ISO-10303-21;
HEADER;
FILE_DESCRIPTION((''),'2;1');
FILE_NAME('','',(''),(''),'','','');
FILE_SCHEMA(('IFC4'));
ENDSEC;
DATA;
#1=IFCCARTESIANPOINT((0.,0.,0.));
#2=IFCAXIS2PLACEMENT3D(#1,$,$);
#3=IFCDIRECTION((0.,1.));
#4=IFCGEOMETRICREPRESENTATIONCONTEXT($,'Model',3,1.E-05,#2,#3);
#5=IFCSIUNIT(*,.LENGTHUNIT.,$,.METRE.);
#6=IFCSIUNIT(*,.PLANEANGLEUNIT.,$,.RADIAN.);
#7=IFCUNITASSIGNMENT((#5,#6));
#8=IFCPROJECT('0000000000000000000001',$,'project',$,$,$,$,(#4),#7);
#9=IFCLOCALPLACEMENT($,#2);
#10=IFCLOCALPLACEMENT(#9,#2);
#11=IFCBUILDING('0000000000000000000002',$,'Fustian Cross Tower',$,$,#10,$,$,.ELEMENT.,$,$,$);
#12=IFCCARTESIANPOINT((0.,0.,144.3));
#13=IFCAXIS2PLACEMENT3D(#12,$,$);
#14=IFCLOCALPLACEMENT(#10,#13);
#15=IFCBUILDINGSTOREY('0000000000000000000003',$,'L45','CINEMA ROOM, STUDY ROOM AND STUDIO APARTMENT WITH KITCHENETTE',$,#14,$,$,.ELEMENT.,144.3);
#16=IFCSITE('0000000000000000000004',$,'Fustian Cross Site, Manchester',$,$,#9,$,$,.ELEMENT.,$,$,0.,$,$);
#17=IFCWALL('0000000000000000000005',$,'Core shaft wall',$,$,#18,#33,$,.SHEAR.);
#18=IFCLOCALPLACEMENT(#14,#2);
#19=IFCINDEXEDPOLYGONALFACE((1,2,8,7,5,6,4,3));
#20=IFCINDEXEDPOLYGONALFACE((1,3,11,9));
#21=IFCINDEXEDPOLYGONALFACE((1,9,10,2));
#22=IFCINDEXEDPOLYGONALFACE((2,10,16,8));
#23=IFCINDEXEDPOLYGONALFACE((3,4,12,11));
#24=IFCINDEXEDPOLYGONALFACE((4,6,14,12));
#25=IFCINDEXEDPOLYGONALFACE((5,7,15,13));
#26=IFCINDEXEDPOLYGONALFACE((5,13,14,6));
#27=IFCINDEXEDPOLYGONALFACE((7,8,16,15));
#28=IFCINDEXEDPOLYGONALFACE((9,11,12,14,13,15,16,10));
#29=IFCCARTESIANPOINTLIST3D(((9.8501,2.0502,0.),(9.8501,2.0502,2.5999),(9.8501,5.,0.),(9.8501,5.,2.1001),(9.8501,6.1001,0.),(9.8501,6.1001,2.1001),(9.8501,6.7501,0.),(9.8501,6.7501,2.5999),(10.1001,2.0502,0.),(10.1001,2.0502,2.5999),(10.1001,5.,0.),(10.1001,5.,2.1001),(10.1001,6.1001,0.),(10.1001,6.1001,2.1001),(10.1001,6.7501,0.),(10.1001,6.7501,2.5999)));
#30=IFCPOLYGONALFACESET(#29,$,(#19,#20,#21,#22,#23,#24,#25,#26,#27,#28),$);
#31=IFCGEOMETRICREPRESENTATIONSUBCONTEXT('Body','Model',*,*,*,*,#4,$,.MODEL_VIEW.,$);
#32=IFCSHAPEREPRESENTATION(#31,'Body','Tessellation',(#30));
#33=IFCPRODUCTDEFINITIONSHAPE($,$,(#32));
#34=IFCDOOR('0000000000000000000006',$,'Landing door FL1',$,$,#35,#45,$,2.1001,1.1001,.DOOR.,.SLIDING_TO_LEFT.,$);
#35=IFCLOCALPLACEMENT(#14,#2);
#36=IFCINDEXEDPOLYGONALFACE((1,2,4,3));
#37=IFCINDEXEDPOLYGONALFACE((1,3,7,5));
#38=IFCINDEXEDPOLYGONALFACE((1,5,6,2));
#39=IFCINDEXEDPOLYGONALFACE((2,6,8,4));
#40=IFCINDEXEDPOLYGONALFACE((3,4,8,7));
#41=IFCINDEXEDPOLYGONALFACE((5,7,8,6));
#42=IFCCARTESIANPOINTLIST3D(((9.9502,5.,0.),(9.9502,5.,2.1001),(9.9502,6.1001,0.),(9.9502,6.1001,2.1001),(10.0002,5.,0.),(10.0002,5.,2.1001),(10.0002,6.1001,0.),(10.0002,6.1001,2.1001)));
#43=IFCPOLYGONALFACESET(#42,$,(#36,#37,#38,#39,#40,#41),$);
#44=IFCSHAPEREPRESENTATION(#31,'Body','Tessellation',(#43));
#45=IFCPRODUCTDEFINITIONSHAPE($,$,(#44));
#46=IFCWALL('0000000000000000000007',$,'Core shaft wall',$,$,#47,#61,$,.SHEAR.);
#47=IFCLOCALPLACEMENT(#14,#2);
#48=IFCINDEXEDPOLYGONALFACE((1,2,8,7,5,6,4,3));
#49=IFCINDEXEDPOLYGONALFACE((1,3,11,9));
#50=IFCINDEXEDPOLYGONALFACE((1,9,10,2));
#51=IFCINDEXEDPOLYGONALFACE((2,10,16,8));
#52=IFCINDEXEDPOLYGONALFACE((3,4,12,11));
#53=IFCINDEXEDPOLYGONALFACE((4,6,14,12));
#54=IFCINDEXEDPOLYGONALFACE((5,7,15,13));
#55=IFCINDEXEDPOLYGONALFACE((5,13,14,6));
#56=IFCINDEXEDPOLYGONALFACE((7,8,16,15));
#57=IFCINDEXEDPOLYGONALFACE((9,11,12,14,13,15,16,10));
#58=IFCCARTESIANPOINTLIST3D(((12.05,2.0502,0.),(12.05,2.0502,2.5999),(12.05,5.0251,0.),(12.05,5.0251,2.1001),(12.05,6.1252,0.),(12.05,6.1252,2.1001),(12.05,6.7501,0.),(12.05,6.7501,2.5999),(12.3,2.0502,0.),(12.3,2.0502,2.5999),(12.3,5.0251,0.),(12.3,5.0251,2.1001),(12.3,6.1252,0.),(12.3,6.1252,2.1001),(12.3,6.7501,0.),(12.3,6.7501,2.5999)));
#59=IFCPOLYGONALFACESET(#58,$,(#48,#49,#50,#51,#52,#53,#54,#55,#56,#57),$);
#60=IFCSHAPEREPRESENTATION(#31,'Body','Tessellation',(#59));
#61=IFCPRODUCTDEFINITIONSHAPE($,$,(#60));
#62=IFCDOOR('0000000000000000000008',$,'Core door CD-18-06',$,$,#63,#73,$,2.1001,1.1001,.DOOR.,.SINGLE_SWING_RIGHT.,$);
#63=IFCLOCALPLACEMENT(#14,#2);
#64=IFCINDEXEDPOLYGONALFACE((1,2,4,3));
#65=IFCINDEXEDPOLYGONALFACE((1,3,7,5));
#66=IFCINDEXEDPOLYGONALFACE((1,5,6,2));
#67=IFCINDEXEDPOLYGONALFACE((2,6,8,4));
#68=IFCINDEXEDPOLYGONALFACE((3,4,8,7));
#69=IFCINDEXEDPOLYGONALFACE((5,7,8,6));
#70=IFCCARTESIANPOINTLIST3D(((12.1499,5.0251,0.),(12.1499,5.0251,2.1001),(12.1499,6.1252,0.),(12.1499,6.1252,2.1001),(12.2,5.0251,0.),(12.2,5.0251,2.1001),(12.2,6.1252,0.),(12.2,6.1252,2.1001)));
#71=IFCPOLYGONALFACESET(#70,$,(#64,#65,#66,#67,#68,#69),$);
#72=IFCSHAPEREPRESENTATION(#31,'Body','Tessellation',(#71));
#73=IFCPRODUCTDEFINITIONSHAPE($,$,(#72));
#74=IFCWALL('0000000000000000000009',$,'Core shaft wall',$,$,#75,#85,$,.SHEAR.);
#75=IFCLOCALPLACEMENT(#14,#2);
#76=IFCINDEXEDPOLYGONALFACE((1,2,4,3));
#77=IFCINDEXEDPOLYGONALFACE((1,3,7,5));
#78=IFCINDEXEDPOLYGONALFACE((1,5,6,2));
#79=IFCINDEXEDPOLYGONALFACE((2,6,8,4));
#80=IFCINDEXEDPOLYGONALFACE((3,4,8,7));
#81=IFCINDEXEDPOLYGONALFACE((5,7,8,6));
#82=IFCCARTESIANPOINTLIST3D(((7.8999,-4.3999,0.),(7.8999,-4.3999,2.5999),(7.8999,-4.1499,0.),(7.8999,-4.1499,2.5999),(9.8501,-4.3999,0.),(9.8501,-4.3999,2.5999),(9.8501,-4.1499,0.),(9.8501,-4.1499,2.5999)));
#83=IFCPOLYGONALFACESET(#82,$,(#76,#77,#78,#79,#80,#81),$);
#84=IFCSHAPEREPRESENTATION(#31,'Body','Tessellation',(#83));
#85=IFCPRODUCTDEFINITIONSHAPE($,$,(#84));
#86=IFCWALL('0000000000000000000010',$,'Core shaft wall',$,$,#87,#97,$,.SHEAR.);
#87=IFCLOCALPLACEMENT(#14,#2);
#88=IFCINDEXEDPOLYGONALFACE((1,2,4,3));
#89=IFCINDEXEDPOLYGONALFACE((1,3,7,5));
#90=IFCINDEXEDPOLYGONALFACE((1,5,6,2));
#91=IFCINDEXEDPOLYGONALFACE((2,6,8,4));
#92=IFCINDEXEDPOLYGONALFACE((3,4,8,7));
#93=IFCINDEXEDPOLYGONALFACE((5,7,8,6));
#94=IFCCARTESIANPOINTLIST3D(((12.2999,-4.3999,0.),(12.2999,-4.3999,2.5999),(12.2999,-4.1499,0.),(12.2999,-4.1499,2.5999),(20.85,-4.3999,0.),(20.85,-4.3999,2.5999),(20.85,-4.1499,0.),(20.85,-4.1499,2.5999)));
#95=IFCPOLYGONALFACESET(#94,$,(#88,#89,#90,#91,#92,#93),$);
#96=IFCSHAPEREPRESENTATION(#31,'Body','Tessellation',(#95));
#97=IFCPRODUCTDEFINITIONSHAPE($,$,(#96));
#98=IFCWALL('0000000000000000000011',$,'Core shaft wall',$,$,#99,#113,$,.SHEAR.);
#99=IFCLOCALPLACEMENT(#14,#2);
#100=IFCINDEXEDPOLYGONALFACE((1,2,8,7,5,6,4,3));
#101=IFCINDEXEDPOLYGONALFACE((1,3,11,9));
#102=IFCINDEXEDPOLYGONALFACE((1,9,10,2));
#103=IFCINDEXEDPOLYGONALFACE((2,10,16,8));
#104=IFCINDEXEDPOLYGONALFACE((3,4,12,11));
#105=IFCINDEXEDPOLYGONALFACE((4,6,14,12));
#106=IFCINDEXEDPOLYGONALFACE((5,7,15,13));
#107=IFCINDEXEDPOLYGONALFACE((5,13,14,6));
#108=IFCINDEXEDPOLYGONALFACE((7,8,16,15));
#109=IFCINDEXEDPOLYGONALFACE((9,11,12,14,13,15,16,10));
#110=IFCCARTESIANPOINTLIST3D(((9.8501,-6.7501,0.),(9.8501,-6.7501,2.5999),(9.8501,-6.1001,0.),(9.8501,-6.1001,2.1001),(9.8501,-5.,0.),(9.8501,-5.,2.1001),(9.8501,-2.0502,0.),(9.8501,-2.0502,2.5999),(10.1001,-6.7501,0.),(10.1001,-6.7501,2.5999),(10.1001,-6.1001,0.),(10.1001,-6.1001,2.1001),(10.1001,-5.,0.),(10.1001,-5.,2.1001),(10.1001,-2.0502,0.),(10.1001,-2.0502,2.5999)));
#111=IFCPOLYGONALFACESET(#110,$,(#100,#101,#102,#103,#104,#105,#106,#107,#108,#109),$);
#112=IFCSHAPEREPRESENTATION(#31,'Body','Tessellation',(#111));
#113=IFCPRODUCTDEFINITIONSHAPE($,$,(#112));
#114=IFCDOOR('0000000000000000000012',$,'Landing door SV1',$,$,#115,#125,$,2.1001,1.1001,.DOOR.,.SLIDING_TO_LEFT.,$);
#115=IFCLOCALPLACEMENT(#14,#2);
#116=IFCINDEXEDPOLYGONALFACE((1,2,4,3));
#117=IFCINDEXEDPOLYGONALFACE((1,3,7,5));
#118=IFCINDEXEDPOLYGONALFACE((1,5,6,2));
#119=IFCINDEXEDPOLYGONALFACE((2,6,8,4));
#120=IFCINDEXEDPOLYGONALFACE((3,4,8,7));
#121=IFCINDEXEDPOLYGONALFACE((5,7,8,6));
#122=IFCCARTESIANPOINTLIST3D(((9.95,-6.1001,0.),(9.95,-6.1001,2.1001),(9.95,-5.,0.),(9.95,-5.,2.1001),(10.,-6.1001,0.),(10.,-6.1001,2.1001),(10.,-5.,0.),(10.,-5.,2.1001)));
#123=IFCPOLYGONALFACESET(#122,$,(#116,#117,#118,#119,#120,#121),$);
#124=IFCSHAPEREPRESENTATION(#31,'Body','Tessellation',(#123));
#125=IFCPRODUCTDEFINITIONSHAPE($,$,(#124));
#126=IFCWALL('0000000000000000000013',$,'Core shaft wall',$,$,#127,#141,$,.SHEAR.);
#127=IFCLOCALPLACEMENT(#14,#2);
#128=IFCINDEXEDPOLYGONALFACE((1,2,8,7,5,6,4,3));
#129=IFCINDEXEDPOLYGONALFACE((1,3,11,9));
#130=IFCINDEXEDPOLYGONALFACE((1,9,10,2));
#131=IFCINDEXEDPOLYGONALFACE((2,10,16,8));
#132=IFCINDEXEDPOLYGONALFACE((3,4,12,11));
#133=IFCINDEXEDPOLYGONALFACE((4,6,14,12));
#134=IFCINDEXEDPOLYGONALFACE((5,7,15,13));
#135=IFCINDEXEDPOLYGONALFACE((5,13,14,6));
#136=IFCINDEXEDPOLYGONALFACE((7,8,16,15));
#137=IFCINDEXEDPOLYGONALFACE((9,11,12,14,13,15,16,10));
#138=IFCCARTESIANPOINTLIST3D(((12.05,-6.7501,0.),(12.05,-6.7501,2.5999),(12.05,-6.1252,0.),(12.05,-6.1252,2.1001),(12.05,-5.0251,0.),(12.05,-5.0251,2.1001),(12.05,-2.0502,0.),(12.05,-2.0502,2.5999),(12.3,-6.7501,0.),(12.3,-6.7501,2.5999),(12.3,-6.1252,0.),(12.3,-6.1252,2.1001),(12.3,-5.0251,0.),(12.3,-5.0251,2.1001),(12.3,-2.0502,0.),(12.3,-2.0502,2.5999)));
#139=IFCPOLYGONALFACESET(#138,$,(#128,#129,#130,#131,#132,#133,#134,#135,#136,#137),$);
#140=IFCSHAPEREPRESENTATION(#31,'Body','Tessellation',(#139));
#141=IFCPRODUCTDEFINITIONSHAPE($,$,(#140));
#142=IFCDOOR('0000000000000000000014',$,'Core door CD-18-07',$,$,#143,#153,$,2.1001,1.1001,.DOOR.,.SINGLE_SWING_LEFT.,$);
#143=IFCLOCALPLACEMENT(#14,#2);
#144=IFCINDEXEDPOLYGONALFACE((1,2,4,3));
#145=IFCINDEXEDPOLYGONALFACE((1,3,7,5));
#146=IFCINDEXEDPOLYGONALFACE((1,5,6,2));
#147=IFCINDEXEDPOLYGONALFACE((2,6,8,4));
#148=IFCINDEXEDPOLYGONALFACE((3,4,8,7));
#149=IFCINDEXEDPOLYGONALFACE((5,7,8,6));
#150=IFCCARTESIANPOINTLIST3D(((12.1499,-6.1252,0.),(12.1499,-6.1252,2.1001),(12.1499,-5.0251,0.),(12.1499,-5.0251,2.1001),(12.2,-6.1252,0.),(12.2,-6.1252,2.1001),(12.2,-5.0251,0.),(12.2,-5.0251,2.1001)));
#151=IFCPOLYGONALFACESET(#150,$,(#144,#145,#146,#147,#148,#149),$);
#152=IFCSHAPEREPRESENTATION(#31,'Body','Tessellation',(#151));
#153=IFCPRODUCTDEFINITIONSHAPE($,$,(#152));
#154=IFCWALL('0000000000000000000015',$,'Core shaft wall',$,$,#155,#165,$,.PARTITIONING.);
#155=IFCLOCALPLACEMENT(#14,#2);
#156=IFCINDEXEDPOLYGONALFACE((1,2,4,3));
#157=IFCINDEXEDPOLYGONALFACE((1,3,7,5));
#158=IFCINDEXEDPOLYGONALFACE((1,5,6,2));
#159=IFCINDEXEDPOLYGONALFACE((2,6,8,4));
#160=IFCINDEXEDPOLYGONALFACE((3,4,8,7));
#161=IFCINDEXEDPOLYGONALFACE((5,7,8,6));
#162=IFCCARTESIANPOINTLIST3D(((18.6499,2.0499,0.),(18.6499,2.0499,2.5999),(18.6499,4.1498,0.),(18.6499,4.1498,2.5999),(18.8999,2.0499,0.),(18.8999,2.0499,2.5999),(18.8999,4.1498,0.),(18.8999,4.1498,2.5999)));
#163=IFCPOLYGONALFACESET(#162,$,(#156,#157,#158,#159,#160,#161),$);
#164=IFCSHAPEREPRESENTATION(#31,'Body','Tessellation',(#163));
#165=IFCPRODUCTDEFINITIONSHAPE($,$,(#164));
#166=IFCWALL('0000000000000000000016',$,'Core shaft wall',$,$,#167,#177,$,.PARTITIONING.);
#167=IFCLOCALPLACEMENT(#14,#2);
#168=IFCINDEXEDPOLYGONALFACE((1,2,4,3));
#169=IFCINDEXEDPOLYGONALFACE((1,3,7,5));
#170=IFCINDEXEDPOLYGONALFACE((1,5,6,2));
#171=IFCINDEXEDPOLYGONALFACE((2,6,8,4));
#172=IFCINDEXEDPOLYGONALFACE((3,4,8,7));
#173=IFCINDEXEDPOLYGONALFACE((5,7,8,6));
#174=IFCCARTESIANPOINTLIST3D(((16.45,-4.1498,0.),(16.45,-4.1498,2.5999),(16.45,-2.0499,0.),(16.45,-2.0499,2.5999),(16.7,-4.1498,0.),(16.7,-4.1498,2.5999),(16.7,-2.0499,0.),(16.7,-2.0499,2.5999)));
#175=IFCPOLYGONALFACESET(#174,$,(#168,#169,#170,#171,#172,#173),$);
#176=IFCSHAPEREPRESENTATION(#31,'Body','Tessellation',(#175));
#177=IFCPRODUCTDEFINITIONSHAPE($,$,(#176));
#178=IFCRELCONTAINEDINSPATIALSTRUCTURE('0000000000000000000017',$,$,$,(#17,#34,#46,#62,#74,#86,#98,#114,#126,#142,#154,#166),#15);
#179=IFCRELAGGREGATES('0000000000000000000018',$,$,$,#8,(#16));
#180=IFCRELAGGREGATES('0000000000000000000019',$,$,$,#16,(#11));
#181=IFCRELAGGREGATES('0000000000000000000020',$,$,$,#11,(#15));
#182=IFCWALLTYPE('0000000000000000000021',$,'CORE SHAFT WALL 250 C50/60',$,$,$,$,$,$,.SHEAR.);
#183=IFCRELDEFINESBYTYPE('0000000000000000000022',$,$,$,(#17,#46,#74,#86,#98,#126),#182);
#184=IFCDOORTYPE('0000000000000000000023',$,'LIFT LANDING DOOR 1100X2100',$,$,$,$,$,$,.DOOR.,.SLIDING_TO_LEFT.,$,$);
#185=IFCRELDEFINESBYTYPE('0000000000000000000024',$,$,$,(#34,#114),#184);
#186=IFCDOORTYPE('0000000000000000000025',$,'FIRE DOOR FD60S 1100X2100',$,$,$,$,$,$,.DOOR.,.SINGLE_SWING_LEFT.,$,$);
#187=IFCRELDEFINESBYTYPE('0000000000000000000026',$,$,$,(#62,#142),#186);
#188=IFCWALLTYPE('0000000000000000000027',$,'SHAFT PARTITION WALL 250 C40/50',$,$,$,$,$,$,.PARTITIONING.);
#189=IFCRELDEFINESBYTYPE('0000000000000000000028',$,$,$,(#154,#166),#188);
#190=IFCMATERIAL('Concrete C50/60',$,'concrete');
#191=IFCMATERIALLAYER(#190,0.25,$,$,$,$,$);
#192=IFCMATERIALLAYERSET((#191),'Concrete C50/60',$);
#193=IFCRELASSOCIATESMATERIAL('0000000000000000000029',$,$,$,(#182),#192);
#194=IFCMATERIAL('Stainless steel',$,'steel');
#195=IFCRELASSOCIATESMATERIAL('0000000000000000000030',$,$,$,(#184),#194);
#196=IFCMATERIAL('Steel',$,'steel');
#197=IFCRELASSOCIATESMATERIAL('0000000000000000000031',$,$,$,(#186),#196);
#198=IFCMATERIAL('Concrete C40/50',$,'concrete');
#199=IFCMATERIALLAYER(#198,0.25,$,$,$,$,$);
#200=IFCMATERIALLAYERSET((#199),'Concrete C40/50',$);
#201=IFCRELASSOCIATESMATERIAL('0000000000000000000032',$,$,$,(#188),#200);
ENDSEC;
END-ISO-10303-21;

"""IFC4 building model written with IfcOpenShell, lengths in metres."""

from ifc_helpers import new_model, si_unit, direction, frame, frame_2d, origin, place, context, subcontext, project, spatial, rectangle, extrude, material, layer, layer_set, type_object, element, fill, save


model = new_model("IFC4")

# Units and contexts
model_context = context("Model", 3, precision=1e-05, world=origin(), true_north=direction((0.0, 1.0)))
body_context = subcontext(model_context, "Body", "Model", "MODEL_VIEW")
ifc_project = project(units=[si_unit("LENGTHUNIT", "METRE"), si_unit("PLANEANGLEUNIT", "RADIAN")], contexts=[model_context])

# Site, building, storey
site_placement = place(None, origin())
site = spatial("IfcSite", under=ifc_project, at=site_placement, Name="Fustian Cross Site, Manchester", CompositionType="ELEMENT", RefElevation=0.0)
building_placement = place(site_placement, origin())
building = spatial("IfcBuilding", under=site, at=building_placement, Name="Fustian Cross Tower", CompositionType="ELEMENT")
storey_placement = place(building_placement, frame((0.0, 0.0, 144.3)))
storey = spatial("IfcBuildingStorey", under=building, at=storey_placement, Name="L45", Description="CINEMA ROOM, STUDY ROOM AND STUDIO APARTMENT WITH KITCHENETTE", CompositionType="ELEMENT", Elevation=144.3)

# Shared definitions
ifc_material_1 = material(Name="Concrete C50/60", Category="concrete")
ifc_layer_1 = layer(ifc_material_1, 0.25)
ifc_layer_set_1 = layer_set([ifc_layer_1], Name="Concrete C50/60")
wall_type_1 = type_object("IfcWallType", Name="CORE SHAFT WALL 250 C50/60", PredefinedType="SHEAR", material=ifc_layer_set_1)

# Walls, openings, doors
wall_1_placement = place(storey_placement, frame((9.9751, 2.05, 0.0), z_axis=(0.0, 0.0, 1.0), x_axis=(0.0, 1.0, 0.0)))
wall_1 = element("IfcWall", 1, at=wall_1_placement, inside=storey, type_object=wall_type_1, Name="Core shaft wall", PredefinedType="SHEAR", context=body_context, shape_type="SweptSolid", body=[
    extrude(rectangle(XDim=4.7, YDim=0.25, at=frame_2d((2.3501, 0.0))), origin(), (0.0, 0.0, 1.0), 2.5999),
])
opening_1_placement = place(wall_1_placement, frame((2.95, 0.0, 0.0)))
opening_1 = element("IfcOpeningElement", 2, at=opening_1_placement, cuts=wall_1, PredefinedType="OPENING", context=body_context, shape_type="SweptSolid", body=[
    extrude(rectangle(XDim=1.1001, YDim=2.1001, at=frame_2d((0.55, 1.05))), frame((0.0, 0.135, 0.0), z_axis=(0.0, -1.0, 0.0), x_axis=(1.0, 0.0, 0.0)), (0.0, 0.0, 1.0), 0.27),
])
ifc_material_2 = material(Name="Stainless steel", Category="steel")
door_type_1 = type_object("IfcDoorType", Name="LIFT LANDING DOOR 1100X2100", OperationType="SLIDING_TO_LEFT", PredefinedType="DOOR", material=ifc_material_2)
door_1_placement = place(opening_1_placement, origin())
door_1 = element("IfcDoor", 3, at=door_1_placement, inside=storey, type_object=door_type_1, Name="Landing door FL1", OperationType="SLIDING_TO_LEFT", OverallHeight=2.1001, OverallWidth=1.1001, PredefinedType="DOOR", context=body_context, shape_type="SweptSolid", body=[
    extrude(rectangle(XDim=1.1001, YDim=2.1001, at=frame_2d((0.55, 1.05))), frame((0.0, 0.0249, 0.0), z_axis=(0.0, -1.0, 0.0), x_axis=(1.0, 0.0, 0.0)), (0.0, 0.0, 1.0), 0.05),
])
fill(opening_1, door_1)
wall_2_placement = place(storey_placement, frame((12.175, 2.05, 0.0), z_axis=(0.0, 0.0, 1.0), x_axis=(0.0, 1.0, 0.0)))
wall_2 = element("IfcWall", 4, at=wall_2_placement, inside=storey, type_object=wall_type_1, Name="Core shaft wall", PredefinedType="SHEAR", context=body_context, shape_type="SweptSolid", body=[
    extrude(rectangle(XDim=4.7, YDim=0.25, at=frame_2d((2.3501, 0.0))), origin(), (0.0, 0.0, 1.0), 2.5999),
])
opening_2_placement = place(wall_2_placement, frame((2.9751, 0.0, 0.0)))
opening_2 = element("IfcOpeningElement", 5, at=opening_2_placement, cuts=wall_2, PredefinedType="OPENING", context=body_context, shape_type="SweptSolid", body=[
    extrude(rectangle(XDim=1.1001, YDim=2.1001, at=frame_2d((0.55, 1.05))), frame((0.0, 0.135, 0.0), z_axis=(0.0, -1.0, 0.0), x_axis=(1.0, 0.0, 0.0)), (0.0, 0.0, 1.0), 0.27),
])
ifc_material_3 = material(Name="Steel", Category="steel")
door_type_2 = type_object("IfcDoorType", Name="FIRE DOOR FD60S 1100X2100", OperationType="SINGLE_SWING_LEFT", PredefinedType="DOOR", material=ifc_material_3)
door_2_placement = place(opening_2_placement, frame((1.1001, 0.0, 0.0), z_axis=(0.0, 0.0, 1.0), x_axis=(-1.0, 0.0, 0.0)))
door_2 = element("IfcDoor", 6, at=door_2_placement, inside=storey, type_object=door_type_2, Name="Core door CD-18-06", OperationType="SINGLE_SWING_RIGHT", OverallHeight=2.1001, OverallWidth=1.1001, PredefinedType="DOOR", context=body_context, shape_type="SweptSolid", body=[
    extrude(rectangle(XDim=1.1001, YDim=2.1001, at=frame_2d((0.55, 1.05))), frame((0.0, 0.0249, 0.0), z_axis=(0.0, -1.0, 0.0), x_axis=(1.0, 0.0, 0.0)), (0.0, 0.0, 1.0), 0.05),
])
fill(opening_2, door_2)

# Walls
wall_3_placement = place(storey_placement, frame((7.8999, -4.2749, 0.0), z_axis=(0.0, 0.0, 1.0), x_axis=(1.0, 0.0, 0.0)))
element("IfcWall", 7, at=wall_3_placement, inside=storey, type_object=wall_type_1, Name="Core shaft wall", PredefinedType="SHEAR", context=body_context, shape_type="SweptSolid", body=[
    extrude(rectangle(XDim=1.9502, YDim=0.25, at=frame_2d((0.9751, 0.0))), origin(), (0.0, 0.0, 1.0), 2.5999),
])
wall_4_placement = place(storey_placement, frame((12.3, -4.2749, 0.0), z_axis=(0.0, 0.0, 1.0), x_axis=(1.0, 0.0, 0.0)))
element("IfcWall", 8, at=wall_4_placement, inside=storey, type_object=wall_type_1, Name="Core shaft wall", PredefinedType="SHEAR", context=body_context, shape_type="SweptSolid", body=[
    extrude(rectangle(XDim=8.55, YDim=0.25, at=frame_2d((4.2749, 0.0))), origin(), (0.0, 0.0, 1.0), 2.5999),
])

# Walls, openings, doors
wall_5_placement = place(storey_placement, frame((9.9751, -2.05, 0.0), z_axis=(0.0, 0.0, 1.0), x_axis=(0.0, -1.0, 0.0)))
wall_5 = element("IfcWall", 9, at=wall_5_placement, inside=storey, type_object=wall_type_1, Name="Core shaft wall", PredefinedType="SHEAR", context=body_context, shape_type="SweptSolid", body=[
    extrude(rectangle(XDim=4.7, YDim=0.25, at=frame_2d((2.3501, 0.0))), origin(), (0.0, 0.0, 1.0), 2.5999),
])
opening_3_placement = place(wall_5_placement, frame((2.95, 0.0, 0.0)))
opening_3 = element("IfcOpeningElement", 10, at=opening_3_placement, cuts=wall_5, PredefinedType="OPENING", context=body_context, shape_type="SweptSolid", body=[
    extrude(rectangle(XDim=1.1001, YDim=2.1001, at=frame_2d((0.55, 1.05))), frame((0.0, 0.135, 0.0), z_axis=(0.0, -1.0, 0.0), x_axis=(1.0, 0.0, 0.0)), (0.0, 0.0, 1.0), 0.27),
])
door_3_placement = place(opening_3_placement, origin())
door_3 = element("IfcDoor", 11, at=door_3_placement, inside=storey, type_object=door_type_1, Name="Landing door SV1", OperationType="SLIDING_TO_LEFT", OverallHeight=2.1001, OverallWidth=1.1001, PredefinedType="DOOR", context=body_context, shape_type="SweptSolid", body=[
    extrude(rectangle(XDim=1.1001, YDim=2.1001, at=frame_2d((0.55, 1.05))), frame((0.0, 0.0249, 0.0), z_axis=(0.0, -1.0, 0.0), x_axis=(1.0, 0.0, 0.0)), (0.0, 0.0, 1.0), 0.05),
])
fill(opening_3, door_3)
wall_6_placement = place(storey_placement, frame((12.175, -2.05, 0.0), z_axis=(0.0, 0.0, 1.0), x_axis=(0.0, -1.0, 0.0)))
wall_6 = element("IfcWall", 12, at=wall_6_placement, inside=storey, type_object=wall_type_1, Name="Core shaft wall", PredefinedType="SHEAR", context=body_context, shape_type="SweptSolid", body=[
    extrude(rectangle(XDim=4.7, YDim=0.25, at=frame_2d((2.3501, 0.0))), origin(), (0.0, 0.0, 1.0), 2.5999),
])
opening_4_placement = place(wall_6_placement, frame((2.9751, 0.0, 0.0)))
opening_4 = element("IfcOpeningElement", 13, at=opening_4_placement, cuts=wall_6, PredefinedType="OPENING", context=body_context, shape_type="SweptSolid", body=[
    extrude(rectangle(XDim=1.1001, YDim=2.1001, at=frame_2d((0.55, 1.05))), frame((0.0, 0.135, 0.0), z_axis=(0.0, -1.0, 0.0), x_axis=(1.0, 0.0, 0.0)), (0.0, 0.0, 1.0), 0.27),
])
door_4_placement = place(opening_4_placement, origin())
door_4 = element("IfcDoor", 14, at=door_4_placement, inside=storey, type_object=door_type_2, Name="Core door CD-18-07", OperationType="SINGLE_SWING_LEFT", OverallHeight=2.1001, OverallWidth=1.1001, PredefinedType="DOOR", context=body_context, shape_type="SweptSolid", body=[
    extrude(rectangle(XDim=1.1001, YDim=2.1001, at=frame_2d((0.55, 1.05))), frame((0.0, 0.0249, 0.0), z_axis=(0.0, -1.0, 0.0), x_axis=(1.0, 0.0, 0.0)), (0.0, 0.0, 1.0), 0.05),
])
fill(opening_4, door_4)

# Walls
ifc_material_4 = material(Name="Concrete C40/50", Category="concrete")
ifc_layer_2 = layer(ifc_material_4, 0.25)
ifc_layer_set_2 = layer_set([ifc_layer_2], Name="Concrete C40/50")
wall_type_2 = type_object("IfcWallType", Name="SHAFT PARTITION WALL 250 C40/50", PredefinedType="PARTITIONING", material=ifc_layer_set_2)
for number, where, z_axis, x_axis, name in (
    (15, (18.7749, 2.05, 0.0), (0.0, 0.0, 1.0), (0.0, 1.0, 0.0), "Core shaft wall"),
    (16, (16.575, -2.05, 0.0), (0.0, 0.0, 1.0), (0.0, -1.0, 0.0), "Core shaft wall"),
):
    element("IfcWall", number, at=place(storey_placement, frame(where, z_axis=z_axis, x_axis=x_axis)), inside=storey, type_object=wall_type_2, Name=name, PredefinedType="PARTITIONING", context=body_context, shape_type="SweptSolid", body=[
        extrude(rectangle(XDim=2.0999, YDim=0.25, at=frame_2d((1.0498, 0.0))), origin(), (0.0, 0.0, 1.0), 2.5999),
    ])

save(model, "model.ifc")
